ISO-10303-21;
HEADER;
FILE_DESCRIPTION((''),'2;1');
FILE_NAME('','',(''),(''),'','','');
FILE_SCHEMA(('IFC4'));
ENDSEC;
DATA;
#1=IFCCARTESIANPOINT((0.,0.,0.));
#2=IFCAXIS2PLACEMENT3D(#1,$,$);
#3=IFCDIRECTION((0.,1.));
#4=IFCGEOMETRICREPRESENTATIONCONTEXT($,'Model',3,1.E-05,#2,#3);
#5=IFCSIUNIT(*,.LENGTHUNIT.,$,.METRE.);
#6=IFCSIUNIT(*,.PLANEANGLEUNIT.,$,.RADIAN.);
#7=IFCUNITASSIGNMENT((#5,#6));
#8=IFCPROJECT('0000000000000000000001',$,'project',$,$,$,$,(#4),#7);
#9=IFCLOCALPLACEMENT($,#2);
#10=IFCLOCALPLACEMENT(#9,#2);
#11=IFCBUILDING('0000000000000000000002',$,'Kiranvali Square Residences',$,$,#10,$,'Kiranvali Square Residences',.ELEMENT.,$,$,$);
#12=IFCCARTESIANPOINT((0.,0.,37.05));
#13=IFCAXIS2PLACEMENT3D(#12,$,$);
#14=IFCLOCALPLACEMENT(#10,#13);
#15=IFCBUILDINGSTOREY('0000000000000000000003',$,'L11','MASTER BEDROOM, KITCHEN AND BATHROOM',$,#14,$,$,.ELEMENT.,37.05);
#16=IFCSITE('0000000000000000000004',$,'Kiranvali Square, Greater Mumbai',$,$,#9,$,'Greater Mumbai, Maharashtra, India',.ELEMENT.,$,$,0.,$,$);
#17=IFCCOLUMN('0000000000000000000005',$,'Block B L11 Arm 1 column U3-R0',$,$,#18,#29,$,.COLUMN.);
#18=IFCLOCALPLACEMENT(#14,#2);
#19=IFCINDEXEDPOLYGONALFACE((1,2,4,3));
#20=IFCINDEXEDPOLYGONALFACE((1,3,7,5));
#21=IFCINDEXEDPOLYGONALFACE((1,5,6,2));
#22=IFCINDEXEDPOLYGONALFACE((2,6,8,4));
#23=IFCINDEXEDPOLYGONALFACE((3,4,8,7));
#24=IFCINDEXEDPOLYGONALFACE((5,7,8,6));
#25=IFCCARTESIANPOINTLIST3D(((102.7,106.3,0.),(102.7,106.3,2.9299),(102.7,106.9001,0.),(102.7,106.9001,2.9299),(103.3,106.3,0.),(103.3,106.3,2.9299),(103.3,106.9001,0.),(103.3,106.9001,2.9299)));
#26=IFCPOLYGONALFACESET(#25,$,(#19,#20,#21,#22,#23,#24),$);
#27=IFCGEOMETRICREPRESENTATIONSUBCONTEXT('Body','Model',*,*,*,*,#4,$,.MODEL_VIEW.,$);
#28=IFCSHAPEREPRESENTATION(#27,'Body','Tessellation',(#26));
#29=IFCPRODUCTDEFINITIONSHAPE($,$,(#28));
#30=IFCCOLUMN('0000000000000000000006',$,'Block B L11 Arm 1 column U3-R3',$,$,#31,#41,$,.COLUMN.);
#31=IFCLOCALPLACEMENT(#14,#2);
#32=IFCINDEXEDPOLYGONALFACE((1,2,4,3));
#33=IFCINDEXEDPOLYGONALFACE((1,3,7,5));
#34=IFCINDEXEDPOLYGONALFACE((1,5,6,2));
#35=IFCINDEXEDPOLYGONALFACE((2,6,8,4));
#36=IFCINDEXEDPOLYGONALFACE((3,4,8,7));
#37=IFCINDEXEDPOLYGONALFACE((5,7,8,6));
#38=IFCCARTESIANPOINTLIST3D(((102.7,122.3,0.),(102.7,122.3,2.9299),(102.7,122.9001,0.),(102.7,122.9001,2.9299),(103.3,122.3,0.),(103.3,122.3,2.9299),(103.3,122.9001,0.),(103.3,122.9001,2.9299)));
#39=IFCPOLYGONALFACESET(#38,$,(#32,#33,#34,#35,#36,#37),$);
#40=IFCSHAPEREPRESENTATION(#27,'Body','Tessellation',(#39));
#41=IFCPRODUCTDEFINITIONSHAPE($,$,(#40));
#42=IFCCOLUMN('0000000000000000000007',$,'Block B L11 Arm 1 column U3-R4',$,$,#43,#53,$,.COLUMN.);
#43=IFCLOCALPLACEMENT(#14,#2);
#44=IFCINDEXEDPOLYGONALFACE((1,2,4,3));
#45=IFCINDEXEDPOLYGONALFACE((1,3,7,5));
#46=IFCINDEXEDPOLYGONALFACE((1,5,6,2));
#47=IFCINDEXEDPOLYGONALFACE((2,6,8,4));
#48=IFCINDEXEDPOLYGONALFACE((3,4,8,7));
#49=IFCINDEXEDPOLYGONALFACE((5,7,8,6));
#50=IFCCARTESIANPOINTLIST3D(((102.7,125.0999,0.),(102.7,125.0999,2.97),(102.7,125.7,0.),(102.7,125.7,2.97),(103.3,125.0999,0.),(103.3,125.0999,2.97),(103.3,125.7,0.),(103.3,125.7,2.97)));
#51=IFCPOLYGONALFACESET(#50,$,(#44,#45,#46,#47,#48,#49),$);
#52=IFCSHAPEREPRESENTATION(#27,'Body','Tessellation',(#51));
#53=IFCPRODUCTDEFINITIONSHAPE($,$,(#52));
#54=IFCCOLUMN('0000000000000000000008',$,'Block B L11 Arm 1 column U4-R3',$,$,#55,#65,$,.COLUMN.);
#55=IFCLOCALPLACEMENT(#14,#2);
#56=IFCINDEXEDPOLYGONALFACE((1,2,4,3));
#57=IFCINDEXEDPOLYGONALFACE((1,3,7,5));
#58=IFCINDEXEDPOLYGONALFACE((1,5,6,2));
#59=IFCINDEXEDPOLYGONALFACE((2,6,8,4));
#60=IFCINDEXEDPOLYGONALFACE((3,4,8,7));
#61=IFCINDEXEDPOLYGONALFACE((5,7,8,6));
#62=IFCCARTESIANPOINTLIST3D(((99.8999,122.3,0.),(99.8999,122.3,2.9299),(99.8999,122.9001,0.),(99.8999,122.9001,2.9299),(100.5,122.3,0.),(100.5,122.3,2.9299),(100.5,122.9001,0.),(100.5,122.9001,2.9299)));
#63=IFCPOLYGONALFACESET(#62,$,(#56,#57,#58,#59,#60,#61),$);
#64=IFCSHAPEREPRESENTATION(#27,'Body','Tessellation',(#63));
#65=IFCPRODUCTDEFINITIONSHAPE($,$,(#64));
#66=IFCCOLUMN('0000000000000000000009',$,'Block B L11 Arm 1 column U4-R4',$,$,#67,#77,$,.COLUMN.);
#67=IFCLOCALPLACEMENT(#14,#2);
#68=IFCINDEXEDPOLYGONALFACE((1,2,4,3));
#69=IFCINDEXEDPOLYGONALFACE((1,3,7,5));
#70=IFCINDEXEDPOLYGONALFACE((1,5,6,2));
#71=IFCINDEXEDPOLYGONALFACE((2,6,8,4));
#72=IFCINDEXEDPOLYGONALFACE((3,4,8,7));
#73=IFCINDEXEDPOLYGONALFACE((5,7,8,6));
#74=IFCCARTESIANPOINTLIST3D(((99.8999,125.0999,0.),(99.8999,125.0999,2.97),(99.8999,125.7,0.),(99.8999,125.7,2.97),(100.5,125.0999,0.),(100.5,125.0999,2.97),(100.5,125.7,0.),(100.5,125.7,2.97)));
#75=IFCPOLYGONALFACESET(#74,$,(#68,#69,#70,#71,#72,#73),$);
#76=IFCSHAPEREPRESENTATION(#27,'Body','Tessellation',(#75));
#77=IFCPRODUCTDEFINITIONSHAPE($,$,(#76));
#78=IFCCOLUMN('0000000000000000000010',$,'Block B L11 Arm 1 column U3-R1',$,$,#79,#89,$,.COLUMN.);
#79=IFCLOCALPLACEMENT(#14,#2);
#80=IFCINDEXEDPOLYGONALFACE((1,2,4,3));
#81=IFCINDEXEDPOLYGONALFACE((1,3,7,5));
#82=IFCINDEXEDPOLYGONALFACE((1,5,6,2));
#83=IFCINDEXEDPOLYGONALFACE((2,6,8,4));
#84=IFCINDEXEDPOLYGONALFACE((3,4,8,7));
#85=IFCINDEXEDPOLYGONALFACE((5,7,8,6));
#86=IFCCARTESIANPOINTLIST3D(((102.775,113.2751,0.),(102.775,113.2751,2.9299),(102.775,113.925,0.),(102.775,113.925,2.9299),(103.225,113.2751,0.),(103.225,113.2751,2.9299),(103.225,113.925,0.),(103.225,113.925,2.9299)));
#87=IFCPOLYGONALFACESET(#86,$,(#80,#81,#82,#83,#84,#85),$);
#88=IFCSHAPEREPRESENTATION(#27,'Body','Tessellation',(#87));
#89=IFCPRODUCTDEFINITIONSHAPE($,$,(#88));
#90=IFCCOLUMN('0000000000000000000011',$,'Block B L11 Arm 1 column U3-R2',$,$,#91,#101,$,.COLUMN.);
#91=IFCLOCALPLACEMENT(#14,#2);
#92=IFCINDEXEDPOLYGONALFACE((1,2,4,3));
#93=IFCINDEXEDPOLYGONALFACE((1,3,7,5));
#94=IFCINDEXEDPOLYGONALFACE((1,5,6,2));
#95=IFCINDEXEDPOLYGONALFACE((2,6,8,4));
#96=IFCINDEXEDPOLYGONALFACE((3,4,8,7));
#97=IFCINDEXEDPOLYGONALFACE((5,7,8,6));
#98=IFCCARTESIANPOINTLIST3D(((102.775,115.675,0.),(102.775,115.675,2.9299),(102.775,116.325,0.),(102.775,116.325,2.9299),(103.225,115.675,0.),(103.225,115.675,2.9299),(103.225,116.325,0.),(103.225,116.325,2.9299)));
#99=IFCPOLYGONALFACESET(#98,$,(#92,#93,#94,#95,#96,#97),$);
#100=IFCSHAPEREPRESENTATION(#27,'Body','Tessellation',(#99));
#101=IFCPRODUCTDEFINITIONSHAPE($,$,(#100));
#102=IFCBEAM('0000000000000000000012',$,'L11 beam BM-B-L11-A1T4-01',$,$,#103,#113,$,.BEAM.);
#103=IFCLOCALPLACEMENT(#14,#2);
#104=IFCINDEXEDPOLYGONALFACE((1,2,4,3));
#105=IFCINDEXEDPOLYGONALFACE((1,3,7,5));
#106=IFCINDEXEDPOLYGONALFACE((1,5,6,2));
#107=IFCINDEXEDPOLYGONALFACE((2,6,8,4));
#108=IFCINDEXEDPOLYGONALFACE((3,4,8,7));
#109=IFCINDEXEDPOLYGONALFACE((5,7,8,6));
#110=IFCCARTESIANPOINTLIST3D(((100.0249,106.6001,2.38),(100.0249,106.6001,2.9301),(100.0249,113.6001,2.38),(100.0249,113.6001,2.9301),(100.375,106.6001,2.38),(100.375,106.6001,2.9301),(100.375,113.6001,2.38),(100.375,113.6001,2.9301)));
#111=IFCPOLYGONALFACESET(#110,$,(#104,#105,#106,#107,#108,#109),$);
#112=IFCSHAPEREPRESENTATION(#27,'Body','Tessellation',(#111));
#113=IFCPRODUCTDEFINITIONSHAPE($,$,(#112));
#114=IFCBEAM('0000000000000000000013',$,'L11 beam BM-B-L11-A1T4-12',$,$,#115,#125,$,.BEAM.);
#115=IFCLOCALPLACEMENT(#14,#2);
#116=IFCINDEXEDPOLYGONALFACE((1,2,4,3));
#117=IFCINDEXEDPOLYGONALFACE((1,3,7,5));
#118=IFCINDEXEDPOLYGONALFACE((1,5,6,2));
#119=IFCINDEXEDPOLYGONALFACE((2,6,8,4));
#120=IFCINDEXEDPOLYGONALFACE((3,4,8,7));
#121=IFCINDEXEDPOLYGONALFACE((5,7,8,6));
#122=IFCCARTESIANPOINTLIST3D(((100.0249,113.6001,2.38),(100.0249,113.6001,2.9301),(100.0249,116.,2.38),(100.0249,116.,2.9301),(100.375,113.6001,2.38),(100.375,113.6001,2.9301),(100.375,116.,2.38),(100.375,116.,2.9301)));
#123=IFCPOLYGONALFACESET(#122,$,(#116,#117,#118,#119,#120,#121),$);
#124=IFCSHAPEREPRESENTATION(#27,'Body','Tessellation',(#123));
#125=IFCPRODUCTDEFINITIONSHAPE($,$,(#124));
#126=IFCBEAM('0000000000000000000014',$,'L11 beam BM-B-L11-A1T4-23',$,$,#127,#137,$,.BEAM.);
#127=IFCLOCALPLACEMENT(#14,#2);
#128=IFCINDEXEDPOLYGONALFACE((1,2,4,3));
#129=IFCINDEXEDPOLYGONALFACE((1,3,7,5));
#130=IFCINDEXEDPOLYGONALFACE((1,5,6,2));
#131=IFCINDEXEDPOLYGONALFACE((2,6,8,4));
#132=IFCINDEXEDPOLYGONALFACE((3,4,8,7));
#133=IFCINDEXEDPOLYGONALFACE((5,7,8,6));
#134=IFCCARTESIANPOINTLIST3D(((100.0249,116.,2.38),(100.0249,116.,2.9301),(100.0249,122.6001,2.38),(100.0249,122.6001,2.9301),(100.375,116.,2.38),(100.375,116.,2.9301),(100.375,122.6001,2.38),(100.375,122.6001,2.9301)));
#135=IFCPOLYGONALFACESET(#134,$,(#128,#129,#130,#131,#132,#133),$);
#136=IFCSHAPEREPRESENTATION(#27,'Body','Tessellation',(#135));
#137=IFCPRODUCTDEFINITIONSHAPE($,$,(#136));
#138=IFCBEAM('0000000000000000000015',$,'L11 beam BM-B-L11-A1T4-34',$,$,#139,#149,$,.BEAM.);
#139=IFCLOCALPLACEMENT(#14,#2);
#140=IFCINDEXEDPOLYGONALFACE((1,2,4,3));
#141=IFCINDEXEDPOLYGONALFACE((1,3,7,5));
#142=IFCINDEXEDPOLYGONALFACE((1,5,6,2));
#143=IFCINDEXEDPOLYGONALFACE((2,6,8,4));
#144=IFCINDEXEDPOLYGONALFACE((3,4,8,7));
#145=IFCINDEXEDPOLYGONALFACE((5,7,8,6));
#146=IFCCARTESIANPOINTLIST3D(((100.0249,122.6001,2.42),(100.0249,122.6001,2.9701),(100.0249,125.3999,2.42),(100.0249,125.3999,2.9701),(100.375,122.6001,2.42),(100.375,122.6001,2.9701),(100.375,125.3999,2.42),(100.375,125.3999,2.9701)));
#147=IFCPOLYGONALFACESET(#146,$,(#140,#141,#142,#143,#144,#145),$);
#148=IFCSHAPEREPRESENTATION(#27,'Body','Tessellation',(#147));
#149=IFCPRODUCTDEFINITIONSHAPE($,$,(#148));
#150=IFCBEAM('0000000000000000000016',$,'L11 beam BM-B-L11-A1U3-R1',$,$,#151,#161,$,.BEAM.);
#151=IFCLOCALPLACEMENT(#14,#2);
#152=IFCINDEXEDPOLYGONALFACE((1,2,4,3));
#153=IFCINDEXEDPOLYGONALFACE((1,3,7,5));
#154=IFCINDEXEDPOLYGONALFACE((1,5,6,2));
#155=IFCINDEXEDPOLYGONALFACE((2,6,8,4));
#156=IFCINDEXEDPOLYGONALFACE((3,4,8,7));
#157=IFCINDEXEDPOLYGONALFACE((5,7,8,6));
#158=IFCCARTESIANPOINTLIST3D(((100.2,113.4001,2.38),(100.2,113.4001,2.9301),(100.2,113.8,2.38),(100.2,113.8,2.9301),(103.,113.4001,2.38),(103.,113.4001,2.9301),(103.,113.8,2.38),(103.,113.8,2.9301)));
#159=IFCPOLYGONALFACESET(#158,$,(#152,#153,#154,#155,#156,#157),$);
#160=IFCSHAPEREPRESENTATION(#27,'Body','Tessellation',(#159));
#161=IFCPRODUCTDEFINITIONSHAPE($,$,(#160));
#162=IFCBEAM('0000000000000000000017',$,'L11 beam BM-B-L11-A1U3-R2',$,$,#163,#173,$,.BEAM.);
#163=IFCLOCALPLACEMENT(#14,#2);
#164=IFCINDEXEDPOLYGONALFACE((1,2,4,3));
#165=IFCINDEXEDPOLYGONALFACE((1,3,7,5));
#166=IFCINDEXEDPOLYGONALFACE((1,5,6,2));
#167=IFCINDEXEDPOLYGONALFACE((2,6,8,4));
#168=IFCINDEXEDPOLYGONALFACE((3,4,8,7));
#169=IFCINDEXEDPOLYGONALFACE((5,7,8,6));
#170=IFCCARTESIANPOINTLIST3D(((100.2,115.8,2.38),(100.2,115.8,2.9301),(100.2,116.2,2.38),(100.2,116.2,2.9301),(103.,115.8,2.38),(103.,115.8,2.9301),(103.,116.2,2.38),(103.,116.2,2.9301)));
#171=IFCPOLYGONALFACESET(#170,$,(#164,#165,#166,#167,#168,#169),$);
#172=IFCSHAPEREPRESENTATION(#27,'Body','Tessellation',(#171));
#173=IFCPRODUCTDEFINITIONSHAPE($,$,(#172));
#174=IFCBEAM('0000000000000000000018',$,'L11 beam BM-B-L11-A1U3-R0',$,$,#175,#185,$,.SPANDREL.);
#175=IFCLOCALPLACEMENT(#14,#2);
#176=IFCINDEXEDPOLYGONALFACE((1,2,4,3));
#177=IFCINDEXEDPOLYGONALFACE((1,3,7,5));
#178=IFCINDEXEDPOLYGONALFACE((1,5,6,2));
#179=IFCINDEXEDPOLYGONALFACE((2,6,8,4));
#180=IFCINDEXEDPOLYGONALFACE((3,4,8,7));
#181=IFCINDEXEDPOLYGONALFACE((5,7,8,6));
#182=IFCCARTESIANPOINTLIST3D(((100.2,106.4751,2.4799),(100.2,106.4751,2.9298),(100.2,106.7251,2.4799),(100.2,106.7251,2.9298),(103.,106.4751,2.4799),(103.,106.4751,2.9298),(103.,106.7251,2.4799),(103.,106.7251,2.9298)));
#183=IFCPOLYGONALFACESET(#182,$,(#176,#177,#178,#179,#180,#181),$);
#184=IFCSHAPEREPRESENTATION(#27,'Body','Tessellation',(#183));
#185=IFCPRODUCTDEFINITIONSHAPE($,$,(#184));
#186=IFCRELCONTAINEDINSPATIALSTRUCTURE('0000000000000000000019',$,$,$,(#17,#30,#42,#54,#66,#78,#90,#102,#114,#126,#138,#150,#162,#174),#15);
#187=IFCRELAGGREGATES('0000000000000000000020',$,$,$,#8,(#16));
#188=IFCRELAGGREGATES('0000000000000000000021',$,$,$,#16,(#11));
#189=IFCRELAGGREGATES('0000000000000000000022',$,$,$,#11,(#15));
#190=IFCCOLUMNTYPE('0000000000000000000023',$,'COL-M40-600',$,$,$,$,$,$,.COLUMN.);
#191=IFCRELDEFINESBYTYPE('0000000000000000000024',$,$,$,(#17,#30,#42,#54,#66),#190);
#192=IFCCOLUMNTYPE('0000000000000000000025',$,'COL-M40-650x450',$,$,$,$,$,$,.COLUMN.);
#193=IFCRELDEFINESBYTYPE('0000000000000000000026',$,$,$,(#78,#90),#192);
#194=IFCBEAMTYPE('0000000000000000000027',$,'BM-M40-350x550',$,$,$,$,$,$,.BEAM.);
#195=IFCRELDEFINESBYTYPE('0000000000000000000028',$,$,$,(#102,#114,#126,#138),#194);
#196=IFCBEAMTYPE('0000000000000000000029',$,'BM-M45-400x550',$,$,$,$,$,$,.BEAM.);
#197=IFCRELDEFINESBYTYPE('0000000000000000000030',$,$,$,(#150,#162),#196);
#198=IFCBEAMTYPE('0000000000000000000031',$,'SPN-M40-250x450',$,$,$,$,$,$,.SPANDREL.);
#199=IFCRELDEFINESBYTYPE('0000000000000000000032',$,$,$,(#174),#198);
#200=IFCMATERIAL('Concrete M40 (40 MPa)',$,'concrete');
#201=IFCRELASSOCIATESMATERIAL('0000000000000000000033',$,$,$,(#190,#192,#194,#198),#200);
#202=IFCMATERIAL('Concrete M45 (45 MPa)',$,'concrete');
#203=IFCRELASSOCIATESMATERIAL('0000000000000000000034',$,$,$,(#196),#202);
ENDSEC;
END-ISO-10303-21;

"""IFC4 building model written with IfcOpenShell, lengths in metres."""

from ifc_helpers import new_model, si_unit, direction, frame, origin, origin_2d, place, context, subcontext, project, spatial, rectangle, extrude, material, material_profile, profile_set, type_object, element, save


model = new_model("IFC4")

# Units and contexts
model_context = context("Model", 3, precision=1e-05, world=origin(), true_north=direction((0.0, 1.0)))
body_context = subcontext(model_context, "Body", "Model", "MODEL_VIEW")
ifc_project = project(units=[si_unit("LENGTHUNIT", "METRE"), si_unit("PLANEANGLEUNIT", "RADIAN")], contexts=[model_context])

# Site, building, storey
site_placement = place(None, origin())
site = spatial("IfcSite", under=ifc_project, at=site_placement, Name="Kiranvali Square, Greater Mumbai", LongName="Greater Mumbai, Maharashtra, India", CompositionType="ELEMENT", RefElevation=0.0)
building_placement = place(site_placement, origin())
building = spatial("IfcBuilding", under=site, at=building_placement, Name="Kiranvali Square Residences", LongName="Kiranvali Square Residences", CompositionType="ELEMENT")
storey_placement = place(building_placement, frame((0.0, 0.0, 37.05)))
storey = spatial("IfcBuildingStorey", under=building, at=storey_placement, Name="L11", Description="MASTER BEDROOM, KITCHEN AND BATHROOM", CompositionType="ELEMENT", Elevation=37.05)

# Columns
ifc_material_1 = material(Name="Concrete M40 (40 MPa)", Category="concrete")
ifc_material_profile_1 = material_profile(ifc_material_1, rectangle(XDim=0.6001, YDim=0.6001, at=origin_2d()), Name="RC 600x600")
ifc_profile_set_1 = profile_set([ifc_material_profile_1], Name="Concrete M40 (40 MPa)")
column_type_1 = type_object("IfcColumnType", Name="COL-M40-600", PredefinedType="COLUMN", material=ifc_profile_set_1)
for number, where, z_axis, x_axis, name in (
    (1, (103.0, 106.6001, 0.0), (0.0, 0.0, 1.0), (1.0, 0.0, 0.0), "Block B L11 Arm 1 column U3-R0"),
    (2, (103.0, 122.6001, 0.0), (0.0, 0.0, 1.0), (1.0, 0.0, 0.0), "Block B L11 Arm 1 column U3-R3"),
):
    element("IfcColumn", number, at=place(storey_placement, frame(where, z_axis=z_axis, x_axis=x_axis)), inside=storey, type_object=column_type_1, Name=name, PredefinedType="COLUMN", context=body_context, shape_type="SweptSolid", body=[
        extrude(rectangle(XDim=0.6001, YDim=0.6001, at=origin_2d()), origin(), (0.0, 0.0, 1.0), 2.9299),
    ])
column_1_placement = place(storey_placement, frame((103.0, 125.3999, 0.0), z_axis=(0.0, 0.0, 1.0), x_axis=(1.0, 0.0, 0.0)))
element("IfcColumn", 3, at=column_1_placement, inside=storey, type_object=column_type_1, Name="Block B L11 Arm 1 column U3-R4", PredefinedType="COLUMN", context=body_context, shape_type="SweptSolid", body=[
    extrude(rectangle(XDim=0.6001, YDim=0.6001, at=origin_2d()), origin(), (0.0, 0.0, 1.0), 2.97),
])
column_2_placement = place(storey_placement, frame((100.2, 122.6001, 0.0), z_axis=(0.0, 0.0, 1.0), x_axis=(1.0, 0.0, 0.0)))
element("IfcColumn", 4, at=column_2_placement, inside=storey, type_object=column_type_1, Name="Block B L11 Arm 1 column U4-R3", PredefinedType="COLUMN", context=body_context, shape_type="SweptSolid", body=[
    extrude(rectangle(XDim=0.6001, YDim=0.6001, at=origin_2d()), origin(), (0.0, 0.0, 1.0), 2.9299),
])
column_3_placement = place(storey_placement, frame((100.2, 125.3999, 0.0), z_axis=(0.0, 0.0, 1.0), x_axis=(1.0, 0.0, 0.0)))
element("IfcColumn", 5, at=column_3_placement, inside=storey, type_object=column_type_1, Name="Block B L11 Arm 1 column U4-R4", PredefinedType="COLUMN", context=body_context, shape_type="SweptSolid", body=[
    extrude(rectangle(XDim=0.6001, YDim=0.6001, at=origin_2d()), origin(), (0.0, 0.0, 1.0), 2.97),
])
ifc_material_profile_2 = material_profile(ifc_material_1, rectangle(XDim=0.45, YDim=0.6499, at=origin_2d()), Name="RC 650x450")
ifc_profile_set_2 = profile_set([ifc_material_profile_2], Name="Concrete M40 (40 MPa)")
column_type_2 = type_object("IfcColumnType", Name="COL-M40-650x450", PredefinedType="COLUMN", material=ifc_profile_set_2)
for number, where, z_axis, x_axis, name in (
    (6, (103.0, 113.6001, 0.0), (0.0, 0.0, 1.0), (1.0, 0.0, 0.0), "Block B L11 Arm 1 column U3-R1"),
    (7, (103.0, 116.0, 0.0), (0.0, 0.0, 1.0), (1.0, 0.0, 0.0), "Block B L11 Arm 1 column U3-R2"),
):
    element("IfcColumn", number, at=place(storey_placement, frame(where, z_axis=z_axis, x_axis=x_axis)), inside=storey, type_object=column_type_2, Name=name, PredefinedType="COLUMN", context=body_context, shape_type="SweptSolid", body=[
        extrude(rectangle(XDim=0.45, YDim=0.6499, at=origin_2d()), origin(), (0.0, 0.0, 1.0), 2.9299),
    ])

# Beams
ifc_material_profile_3 = material_profile(ifc_material_1, rectangle(XDim=0.3501, YDim=0.55, at=origin_2d()), Name="RC 350x550")
ifc_profile_set_3 = profile_set([ifc_material_profile_3], Name="Concrete M40 (40 MPa)")
beam_type_1 = type_object("IfcBeamType", Name="BM-M40-350x550", PredefinedType="BEAM", material=ifc_profile_set_3)
beam_1_placement = place(storey_placement, frame((100.2, 106.6001, 2.655), z_axis=(0.0, 1.0, 0.0), x_axis=(-1.0, 0.0, 0.0)))
element("IfcBeam", 8, at=beam_1_placement, inside=storey, type_object=beam_type_1, Name="L11 beam BM-B-L11-A1T4-01", PredefinedType="BEAM", context=body_context, shape_type="SweptSolid", body=[
    extrude(rectangle(XDim=0.3501, YDim=0.55, at=origin_2d()), origin(), (0.0, 0.0, 1.0), 7.0),
])
beam_2_placement = place(storey_placement, frame((100.2, 113.6001, 2.655), z_axis=(0.0, 1.0, 0.0), x_axis=(-1.0, 0.0, 0.0)))
element("IfcBeam", 9, at=beam_2_placement, inside=storey, type_object=beam_type_1, Name="L11 beam BM-B-L11-A1T4-12", PredefinedType="BEAM", context=body_context, shape_type="SweptSolid", body=[
    extrude(rectangle(XDim=0.3501, YDim=0.55, at=origin_2d()), origin(), (0.0, 0.0, 1.0), 2.3999),
])
beam_3_placement = place(storey_placement, frame((100.2, 116.0, 2.655), z_axis=(0.0, 1.0, 0.0), x_axis=(-1.0, 0.0, 0.0)))
element("IfcBeam", 10, at=beam_3_placement, inside=storey, type_object=beam_type_1, Name="L11 beam BM-B-L11-A1T4-23", PredefinedType="BEAM", context=body_context, shape_type="SweptSolid", body=[
    extrude(rectangle(XDim=0.3501, YDim=0.55, at=origin_2d()), origin(), (0.0, 0.0, 1.0), 6.6001),
])
beam_4_placement = place(storey_placement, frame((100.2, 122.6001, 2.6951), z_axis=(0.0, 1.0, 0.0), x_axis=(-1.0, 0.0, 0.0)))
element("IfcBeam", 11, at=beam_4_placement, inside=storey, type_object=beam_type_1, Name="L11 beam BM-B-L11-A1T4-34", PredefinedType="BEAM", context=body_context, shape_type="SweptSolid", body=[
    extrude(rectangle(XDim=0.3501, YDim=0.55, at=origin_2d()), origin(), (0.0, 0.0, 1.0), 2.7998),
])
ifc_material_2 = material(Name="Concrete M45 (45 MPa)", Category="concrete")
ifc_material_profile_4 = material_profile(ifc_material_2, rectangle(XDim=0.3999, YDim=0.55, at=origin_2d()), Name="RC 400x550")
ifc_profile_set_4 = profile_set([ifc_material_profile_4], Name="Concrete M45 (45 MPa)")
beam_type_2 = type_object("IfcBeamType", Name="BM-M45-400x550", PredefinedType="BEAM", material=ifc_profile_set_4)
for number, where, z_axis, x_axis, name in (
    (12, (103.0, 113.6001, 2.655), (-1.0, 0.0, 0.0), (0.0, -1.0, 0.0), "L11 beam BM-B-L11-A1U3-R1"),
    (13, (103.0, 116.0, 2.655), (-1.0, 0.0, 0.0), (0.0, -1.0, 0.0), "L11 beam BM-B-L11-A1U3-R2"),
):
    element("IfcBeam", number, at=place(storey_placement, frame(where, z_axis=z_axis, x_axis=x_axis)), inside=storey, type_object=beam_type_2, Name=name, PredefinedType="BEAM", context=body_context, shape_type="SweptSolid", body=[
        extrude(rectangle(XDim=0.3999, YDim=0.55, at=origin_2d()), origin(), (0.0, 0.0, 1.0), 2.8),
    ])
ifc_material_profile_5 = material_profile(ifc_material_1, rectangle(XDim=0.25, YDim=0.45, at=origin_2d()), Name="RC 250x450")
ifc_profile_set_5 = profile_set([ifc_material_profile_5], Name="Concrete M40 (40 MPa)")
beam_type_3 = type_object("IfcBeamType", Name="SPN-M40-250x450", PredefinedType="SPANDREL", material=ifc_profile_set_5)
beam_5_placement = place(storey_placement, frame((103.0, 106.6001, 2.7048), z_axis=(-1.0, 0.0, 0.0), x_axis=(0.0, -1.0, 0.0)))
element("IfcBeam", 14, at=beam_5_placement, inside=storey, type_object=beam_type_3, Name="L11 beam BM-B-L11-A1U3-R0", PredefinedType="SPANDREL", context=body_context, shape_type="SweptSolid", body=[
    extrude(rectangle(XDim=0.25, YDim=0.45, at=origin_2d()), origin(), (0.0, 0.0, 1.0), 2.8),
])

save(model, "model.ifc")
